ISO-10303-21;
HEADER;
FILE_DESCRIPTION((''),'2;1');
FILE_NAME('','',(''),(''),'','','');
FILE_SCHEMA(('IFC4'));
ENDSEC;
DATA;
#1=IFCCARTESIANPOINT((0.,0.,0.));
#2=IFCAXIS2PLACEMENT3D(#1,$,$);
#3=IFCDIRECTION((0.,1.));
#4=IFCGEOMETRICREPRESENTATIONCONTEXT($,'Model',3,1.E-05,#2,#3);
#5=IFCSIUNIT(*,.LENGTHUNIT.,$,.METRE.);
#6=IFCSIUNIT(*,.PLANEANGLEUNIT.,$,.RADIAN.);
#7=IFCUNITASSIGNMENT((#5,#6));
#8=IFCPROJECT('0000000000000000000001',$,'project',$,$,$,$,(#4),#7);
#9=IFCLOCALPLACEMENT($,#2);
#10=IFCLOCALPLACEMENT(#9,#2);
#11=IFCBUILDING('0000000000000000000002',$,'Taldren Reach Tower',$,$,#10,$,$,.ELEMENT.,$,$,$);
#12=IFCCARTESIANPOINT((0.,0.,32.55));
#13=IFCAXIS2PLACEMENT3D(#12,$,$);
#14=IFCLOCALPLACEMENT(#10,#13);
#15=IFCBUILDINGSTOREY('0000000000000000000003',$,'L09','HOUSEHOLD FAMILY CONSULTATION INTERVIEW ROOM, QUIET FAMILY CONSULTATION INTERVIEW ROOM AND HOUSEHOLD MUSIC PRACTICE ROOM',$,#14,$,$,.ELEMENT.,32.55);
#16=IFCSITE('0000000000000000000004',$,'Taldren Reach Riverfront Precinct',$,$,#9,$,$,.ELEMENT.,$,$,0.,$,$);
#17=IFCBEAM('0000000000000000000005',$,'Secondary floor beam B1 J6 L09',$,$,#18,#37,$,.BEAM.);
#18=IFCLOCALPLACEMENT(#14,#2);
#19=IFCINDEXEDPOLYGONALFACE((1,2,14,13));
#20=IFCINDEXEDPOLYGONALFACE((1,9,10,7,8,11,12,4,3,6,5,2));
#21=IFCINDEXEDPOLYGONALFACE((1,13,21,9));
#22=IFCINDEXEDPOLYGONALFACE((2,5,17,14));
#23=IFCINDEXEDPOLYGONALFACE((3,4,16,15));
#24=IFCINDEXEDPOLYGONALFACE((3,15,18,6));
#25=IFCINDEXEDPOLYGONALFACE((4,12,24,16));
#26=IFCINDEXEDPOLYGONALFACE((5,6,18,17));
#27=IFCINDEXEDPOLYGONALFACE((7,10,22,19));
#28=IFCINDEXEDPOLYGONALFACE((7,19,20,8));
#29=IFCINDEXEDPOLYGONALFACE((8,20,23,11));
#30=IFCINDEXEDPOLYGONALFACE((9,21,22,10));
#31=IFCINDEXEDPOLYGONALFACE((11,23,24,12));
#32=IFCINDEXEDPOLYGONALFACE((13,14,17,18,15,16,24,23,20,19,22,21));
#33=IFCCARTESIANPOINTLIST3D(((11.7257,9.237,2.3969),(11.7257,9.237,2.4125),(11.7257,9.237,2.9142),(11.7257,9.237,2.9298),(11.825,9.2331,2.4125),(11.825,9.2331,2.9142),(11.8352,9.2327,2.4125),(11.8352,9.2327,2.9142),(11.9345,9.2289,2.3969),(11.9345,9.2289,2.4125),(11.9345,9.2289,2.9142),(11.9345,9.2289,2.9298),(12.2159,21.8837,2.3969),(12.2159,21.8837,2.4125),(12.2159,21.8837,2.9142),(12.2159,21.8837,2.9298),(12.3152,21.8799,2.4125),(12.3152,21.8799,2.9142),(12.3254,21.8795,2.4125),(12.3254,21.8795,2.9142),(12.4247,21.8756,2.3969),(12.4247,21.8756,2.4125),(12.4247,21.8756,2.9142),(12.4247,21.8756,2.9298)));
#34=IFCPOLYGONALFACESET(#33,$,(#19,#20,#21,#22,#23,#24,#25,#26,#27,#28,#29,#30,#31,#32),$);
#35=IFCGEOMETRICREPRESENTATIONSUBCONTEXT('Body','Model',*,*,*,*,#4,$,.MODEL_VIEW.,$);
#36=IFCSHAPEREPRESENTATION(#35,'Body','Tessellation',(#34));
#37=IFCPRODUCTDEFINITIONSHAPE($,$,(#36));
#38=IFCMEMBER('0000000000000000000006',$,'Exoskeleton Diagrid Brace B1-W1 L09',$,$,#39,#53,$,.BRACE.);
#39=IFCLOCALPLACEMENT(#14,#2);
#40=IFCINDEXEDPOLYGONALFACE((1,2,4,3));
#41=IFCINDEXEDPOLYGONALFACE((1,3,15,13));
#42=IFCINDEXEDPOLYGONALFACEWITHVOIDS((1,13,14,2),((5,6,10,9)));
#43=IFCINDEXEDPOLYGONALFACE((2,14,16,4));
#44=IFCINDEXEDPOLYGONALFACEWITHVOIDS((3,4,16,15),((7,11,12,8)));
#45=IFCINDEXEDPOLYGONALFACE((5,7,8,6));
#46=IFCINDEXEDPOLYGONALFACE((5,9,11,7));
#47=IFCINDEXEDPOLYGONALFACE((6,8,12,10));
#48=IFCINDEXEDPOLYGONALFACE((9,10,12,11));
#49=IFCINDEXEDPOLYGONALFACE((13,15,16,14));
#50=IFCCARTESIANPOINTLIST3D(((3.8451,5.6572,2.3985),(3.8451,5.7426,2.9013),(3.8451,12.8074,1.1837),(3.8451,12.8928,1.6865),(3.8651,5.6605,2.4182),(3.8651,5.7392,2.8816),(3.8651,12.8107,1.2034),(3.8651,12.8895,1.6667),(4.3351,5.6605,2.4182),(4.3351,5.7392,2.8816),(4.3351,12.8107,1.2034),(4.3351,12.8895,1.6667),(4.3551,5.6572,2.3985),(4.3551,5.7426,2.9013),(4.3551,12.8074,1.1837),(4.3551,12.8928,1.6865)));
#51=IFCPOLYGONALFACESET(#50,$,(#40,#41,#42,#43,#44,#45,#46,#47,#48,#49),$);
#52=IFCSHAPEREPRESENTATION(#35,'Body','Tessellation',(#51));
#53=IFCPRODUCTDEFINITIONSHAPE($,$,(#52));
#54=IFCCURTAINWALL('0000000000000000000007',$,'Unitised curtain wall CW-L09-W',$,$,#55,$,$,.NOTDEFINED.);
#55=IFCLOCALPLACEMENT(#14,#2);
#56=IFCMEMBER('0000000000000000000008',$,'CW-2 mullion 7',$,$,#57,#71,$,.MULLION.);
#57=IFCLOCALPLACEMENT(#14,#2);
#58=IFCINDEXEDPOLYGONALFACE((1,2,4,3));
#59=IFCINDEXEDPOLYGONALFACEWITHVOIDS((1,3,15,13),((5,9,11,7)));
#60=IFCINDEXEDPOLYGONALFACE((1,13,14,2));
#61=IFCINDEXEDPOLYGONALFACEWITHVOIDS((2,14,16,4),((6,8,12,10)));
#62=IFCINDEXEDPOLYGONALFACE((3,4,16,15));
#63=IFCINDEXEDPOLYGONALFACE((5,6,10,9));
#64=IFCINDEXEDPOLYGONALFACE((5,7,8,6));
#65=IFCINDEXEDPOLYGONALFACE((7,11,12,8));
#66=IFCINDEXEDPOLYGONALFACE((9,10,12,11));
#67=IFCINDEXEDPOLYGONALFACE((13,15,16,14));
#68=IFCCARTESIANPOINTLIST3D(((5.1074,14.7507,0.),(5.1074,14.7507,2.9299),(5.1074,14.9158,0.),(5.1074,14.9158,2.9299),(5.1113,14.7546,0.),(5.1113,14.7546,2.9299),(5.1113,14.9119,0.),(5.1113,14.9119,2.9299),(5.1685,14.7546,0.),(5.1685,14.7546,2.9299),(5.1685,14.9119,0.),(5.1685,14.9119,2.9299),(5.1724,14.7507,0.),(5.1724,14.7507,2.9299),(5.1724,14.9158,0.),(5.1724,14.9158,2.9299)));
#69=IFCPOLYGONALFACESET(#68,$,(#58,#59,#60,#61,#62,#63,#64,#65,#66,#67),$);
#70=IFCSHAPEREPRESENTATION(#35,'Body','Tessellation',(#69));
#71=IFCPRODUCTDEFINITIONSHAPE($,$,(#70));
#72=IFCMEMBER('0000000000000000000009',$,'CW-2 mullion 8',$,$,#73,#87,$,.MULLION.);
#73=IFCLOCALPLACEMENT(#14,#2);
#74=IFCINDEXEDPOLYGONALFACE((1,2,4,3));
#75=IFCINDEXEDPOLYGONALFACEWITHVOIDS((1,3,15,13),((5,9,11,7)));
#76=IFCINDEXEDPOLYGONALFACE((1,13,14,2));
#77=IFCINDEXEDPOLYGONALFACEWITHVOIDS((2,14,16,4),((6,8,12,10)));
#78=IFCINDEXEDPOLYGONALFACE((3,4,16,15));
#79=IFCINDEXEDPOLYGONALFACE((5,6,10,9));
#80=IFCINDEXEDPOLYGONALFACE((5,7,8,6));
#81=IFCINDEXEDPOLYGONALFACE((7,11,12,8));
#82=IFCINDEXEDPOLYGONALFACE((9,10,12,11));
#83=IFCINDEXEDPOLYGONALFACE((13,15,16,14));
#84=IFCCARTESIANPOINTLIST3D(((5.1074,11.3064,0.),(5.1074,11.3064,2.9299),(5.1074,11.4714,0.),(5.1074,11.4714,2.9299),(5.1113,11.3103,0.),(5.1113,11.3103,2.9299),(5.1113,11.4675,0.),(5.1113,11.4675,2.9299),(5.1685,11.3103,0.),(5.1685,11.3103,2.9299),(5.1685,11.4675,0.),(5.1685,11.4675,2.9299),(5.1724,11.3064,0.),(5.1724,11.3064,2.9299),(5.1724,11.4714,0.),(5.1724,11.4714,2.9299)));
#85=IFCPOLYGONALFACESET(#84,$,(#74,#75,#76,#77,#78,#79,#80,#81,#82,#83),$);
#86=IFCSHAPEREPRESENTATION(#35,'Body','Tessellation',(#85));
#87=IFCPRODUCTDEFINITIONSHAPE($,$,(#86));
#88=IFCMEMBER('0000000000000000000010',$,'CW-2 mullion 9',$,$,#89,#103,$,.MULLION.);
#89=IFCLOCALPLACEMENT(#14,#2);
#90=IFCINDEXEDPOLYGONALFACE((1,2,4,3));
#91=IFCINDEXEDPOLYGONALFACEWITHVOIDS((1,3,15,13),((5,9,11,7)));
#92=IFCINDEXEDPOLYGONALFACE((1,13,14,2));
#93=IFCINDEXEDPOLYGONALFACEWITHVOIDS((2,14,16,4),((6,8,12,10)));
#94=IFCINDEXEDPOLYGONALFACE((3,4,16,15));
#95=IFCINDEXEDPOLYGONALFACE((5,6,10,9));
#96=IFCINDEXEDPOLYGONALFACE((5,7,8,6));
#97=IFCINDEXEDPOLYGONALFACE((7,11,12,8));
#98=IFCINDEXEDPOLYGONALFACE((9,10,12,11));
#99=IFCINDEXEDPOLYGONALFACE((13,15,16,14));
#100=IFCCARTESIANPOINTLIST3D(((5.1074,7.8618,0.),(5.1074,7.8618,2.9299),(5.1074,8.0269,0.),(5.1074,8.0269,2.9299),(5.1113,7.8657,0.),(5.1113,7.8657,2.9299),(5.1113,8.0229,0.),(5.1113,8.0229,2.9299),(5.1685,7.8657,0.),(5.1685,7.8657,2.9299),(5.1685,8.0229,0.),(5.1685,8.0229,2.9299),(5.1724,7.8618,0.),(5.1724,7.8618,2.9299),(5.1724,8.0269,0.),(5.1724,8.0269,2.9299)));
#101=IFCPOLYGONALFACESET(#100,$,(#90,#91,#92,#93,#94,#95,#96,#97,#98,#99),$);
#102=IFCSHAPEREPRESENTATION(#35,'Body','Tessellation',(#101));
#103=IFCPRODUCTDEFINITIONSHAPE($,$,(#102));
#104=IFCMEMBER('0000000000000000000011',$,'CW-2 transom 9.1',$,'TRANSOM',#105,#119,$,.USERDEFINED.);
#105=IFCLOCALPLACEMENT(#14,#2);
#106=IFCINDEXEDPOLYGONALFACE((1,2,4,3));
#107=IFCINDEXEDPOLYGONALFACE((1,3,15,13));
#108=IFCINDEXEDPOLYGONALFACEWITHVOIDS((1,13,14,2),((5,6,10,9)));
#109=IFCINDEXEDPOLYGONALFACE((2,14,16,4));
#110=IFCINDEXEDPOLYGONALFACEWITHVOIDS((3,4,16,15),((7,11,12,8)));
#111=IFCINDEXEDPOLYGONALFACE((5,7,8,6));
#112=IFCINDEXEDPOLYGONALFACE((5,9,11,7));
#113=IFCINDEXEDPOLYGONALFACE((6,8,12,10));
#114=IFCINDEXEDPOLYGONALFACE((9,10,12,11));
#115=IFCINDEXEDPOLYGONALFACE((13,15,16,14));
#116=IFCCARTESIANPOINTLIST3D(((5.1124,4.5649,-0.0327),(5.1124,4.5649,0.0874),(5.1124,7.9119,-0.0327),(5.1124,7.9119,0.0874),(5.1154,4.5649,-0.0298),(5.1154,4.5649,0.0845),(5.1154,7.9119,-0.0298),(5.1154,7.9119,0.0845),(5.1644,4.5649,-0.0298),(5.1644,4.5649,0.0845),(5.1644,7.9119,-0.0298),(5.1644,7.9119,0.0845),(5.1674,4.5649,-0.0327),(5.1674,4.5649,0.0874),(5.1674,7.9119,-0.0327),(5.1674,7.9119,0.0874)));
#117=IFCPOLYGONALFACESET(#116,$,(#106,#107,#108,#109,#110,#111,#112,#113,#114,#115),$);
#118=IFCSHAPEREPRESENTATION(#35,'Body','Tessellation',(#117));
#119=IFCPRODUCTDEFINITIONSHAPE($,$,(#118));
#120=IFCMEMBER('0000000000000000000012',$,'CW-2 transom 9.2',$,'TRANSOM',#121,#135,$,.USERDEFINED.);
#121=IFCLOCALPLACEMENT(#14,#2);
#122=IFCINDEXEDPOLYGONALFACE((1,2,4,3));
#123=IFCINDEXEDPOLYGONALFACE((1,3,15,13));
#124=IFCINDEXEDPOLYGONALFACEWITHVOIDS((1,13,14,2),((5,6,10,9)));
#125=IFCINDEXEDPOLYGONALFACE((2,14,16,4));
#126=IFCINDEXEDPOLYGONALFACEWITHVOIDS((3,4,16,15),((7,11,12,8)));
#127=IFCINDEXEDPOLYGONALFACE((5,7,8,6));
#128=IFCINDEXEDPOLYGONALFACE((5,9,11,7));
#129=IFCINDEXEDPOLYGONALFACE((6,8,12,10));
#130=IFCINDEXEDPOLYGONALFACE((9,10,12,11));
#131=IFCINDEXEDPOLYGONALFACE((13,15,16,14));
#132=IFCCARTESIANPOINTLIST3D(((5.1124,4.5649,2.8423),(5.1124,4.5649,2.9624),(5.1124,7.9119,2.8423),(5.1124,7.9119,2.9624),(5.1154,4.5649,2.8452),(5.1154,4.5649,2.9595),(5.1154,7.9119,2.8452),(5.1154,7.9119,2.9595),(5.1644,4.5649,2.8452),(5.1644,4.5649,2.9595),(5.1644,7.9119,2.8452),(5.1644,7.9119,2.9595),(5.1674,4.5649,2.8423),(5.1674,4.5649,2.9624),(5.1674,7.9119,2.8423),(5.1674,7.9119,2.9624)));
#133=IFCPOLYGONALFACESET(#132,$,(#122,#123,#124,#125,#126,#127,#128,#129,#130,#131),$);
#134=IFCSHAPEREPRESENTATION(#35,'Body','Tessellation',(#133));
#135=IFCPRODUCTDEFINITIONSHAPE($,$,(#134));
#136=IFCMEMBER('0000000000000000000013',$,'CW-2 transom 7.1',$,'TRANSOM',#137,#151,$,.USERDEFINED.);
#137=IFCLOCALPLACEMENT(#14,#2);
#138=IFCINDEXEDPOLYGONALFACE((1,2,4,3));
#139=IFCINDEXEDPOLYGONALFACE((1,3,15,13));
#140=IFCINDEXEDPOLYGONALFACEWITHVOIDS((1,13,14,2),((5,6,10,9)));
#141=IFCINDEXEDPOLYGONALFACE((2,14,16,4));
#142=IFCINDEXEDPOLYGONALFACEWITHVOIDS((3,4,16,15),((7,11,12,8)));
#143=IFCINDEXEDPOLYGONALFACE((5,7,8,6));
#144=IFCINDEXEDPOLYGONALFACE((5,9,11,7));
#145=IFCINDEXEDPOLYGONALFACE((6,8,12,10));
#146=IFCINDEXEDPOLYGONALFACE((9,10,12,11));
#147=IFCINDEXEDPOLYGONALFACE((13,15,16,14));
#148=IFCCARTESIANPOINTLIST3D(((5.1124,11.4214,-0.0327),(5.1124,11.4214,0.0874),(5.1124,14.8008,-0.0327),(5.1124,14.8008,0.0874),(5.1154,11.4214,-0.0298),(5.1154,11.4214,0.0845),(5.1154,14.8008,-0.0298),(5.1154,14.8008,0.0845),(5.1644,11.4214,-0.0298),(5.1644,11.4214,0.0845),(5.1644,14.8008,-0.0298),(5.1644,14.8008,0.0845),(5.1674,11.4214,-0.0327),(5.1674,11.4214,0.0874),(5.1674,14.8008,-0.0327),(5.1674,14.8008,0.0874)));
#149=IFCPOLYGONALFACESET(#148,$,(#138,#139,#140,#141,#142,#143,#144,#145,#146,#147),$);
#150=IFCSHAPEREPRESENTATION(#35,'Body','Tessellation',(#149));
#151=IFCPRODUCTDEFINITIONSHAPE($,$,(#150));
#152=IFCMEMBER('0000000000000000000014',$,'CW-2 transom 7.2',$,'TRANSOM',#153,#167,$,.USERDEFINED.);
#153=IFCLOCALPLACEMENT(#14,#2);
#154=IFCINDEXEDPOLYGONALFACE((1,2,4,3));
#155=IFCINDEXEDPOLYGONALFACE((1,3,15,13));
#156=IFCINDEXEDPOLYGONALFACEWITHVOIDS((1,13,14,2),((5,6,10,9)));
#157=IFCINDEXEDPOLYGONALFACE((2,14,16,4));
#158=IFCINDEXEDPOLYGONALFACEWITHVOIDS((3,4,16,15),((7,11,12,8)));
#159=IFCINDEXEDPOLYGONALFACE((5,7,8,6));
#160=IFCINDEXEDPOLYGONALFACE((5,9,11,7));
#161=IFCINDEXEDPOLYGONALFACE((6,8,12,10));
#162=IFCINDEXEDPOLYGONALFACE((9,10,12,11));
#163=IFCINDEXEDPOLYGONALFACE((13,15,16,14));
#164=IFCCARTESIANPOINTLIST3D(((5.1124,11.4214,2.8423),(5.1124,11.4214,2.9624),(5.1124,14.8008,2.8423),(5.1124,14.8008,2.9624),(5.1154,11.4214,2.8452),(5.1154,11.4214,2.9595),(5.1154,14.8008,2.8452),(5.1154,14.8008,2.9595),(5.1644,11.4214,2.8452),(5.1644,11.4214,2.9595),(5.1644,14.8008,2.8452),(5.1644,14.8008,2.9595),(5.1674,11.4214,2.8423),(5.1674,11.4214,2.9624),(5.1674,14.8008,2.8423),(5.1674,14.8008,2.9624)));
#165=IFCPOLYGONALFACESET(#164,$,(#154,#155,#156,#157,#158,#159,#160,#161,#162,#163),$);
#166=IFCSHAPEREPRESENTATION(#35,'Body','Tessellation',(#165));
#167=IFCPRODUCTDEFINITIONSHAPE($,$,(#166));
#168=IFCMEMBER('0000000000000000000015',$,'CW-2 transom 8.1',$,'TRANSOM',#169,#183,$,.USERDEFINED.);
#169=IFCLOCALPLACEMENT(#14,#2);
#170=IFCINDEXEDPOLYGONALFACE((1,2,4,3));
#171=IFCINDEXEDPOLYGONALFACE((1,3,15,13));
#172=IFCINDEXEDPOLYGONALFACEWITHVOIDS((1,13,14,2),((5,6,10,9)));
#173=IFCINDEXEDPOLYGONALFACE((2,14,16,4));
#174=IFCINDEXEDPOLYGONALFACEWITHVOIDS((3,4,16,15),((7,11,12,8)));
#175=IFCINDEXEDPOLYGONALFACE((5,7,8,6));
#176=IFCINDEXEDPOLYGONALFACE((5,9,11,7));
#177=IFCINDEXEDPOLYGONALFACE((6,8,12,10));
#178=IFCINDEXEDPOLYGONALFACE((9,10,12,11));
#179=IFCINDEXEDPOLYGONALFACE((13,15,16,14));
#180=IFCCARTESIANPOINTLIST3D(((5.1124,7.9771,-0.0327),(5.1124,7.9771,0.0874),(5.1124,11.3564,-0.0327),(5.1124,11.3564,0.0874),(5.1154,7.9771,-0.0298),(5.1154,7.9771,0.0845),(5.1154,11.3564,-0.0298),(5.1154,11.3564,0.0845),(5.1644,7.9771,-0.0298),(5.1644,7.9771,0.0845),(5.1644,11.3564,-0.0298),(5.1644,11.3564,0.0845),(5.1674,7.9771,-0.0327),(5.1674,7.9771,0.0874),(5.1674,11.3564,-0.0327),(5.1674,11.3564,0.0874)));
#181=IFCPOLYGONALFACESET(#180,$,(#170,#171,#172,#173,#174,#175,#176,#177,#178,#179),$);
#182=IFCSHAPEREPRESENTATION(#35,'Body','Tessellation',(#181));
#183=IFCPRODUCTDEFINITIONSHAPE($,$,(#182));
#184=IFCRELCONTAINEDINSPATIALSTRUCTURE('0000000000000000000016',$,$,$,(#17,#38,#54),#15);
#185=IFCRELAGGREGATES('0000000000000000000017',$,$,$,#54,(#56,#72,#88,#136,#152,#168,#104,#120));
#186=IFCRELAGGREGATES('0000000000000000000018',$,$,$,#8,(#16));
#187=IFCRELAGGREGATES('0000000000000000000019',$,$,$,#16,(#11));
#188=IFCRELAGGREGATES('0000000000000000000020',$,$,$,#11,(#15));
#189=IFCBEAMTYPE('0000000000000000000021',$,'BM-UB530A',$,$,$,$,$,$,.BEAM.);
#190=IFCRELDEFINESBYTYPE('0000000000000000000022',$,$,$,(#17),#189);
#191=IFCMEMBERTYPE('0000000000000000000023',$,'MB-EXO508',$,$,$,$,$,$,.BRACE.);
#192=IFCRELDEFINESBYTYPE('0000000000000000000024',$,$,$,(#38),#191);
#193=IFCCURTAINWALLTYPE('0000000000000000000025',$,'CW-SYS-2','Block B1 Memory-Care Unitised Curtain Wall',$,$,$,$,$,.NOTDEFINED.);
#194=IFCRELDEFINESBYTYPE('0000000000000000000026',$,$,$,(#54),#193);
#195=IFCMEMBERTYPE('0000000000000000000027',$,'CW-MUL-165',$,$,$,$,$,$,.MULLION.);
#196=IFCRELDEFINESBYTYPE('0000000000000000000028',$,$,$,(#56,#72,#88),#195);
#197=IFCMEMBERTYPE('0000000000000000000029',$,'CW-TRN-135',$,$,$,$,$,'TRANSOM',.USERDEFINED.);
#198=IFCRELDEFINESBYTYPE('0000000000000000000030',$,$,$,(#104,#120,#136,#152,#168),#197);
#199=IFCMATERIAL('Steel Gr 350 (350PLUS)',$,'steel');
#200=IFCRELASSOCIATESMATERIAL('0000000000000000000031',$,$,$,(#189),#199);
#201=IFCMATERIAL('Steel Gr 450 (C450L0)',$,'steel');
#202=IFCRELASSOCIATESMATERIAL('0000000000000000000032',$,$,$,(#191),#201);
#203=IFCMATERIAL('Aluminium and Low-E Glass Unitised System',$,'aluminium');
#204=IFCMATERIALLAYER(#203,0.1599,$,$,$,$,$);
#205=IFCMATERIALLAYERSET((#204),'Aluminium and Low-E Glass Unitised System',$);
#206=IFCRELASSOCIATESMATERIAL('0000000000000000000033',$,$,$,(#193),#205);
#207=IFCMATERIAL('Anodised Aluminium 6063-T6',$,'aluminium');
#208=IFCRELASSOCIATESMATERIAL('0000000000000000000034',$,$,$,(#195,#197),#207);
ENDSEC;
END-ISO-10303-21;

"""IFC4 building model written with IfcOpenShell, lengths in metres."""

from ifc_helpers import new_model, si_unit, direction, frame, origin, origin_2d, place, context, subcontext, project, spatial, hollow_rectangle, i_section, extrude, source, transform, mapped, material, layer, layer_set, material_profile, profile_set, type_object, element, aggregate, save


model = new_model("IFC4")

# Units and contexts
model_context = context("Model", 3, precision=1e-05, world=origin(), true_north=direction((0.0, 1.0)))
body_context = subcontext(model_context, "Body", "Model", "MODEL_VIEW")
ifc_project = project(units=[si_unit("LENGTHUNIT", "METRE"), si_unit("PLANEANGLEUNIT", "RADIAN")], contexts=[model_context])

# Site, building, storey
site_placement = place(None, origin())
site = spatial("IfcSite", under=ifc_project, at=site_placement, Name="Taldren Reach Riverfront Precinct", CompositionType="ELEMENT", RefElevation=0.0)
building_placement = place(site_placement, origin())
building = spatial("IfcBuilding", under=site, at=building_placement, Name="Taldren Reach Tower", CompositionType="ELEMENT")
storey_placement = place(building_placement, frame((0.0, 0.0, 32.55)))
storey = spatial("IfcBuildingStorey", under=building, at=storey_placement, Name="L09", Description="HOUSEHOLD FAMILY CONSULTATION INTERVIEW ROOM, QUIET FAMILY CONSULTATION INTERVIEW ROOM AND HOUSEHOLD MUSIC PRACTICE ROOM", CompositionType="ELEMENT", Elevation=32.55)

# Beam
ifc_material_1 = material(Name="Steel Gr 350 (350PLUS)", Category="steel")
ifc_material_profile_1 = material_profile(ifc_material_1, i_section(OverallWidth=0.209, OverallDepth=0.533, WebThickness=0.0103, FlangeThickness=0.0156, at=origin_2d()), Name="530UB92.4")
ifc_profile_set_1 = profile_set([ifc_material_profile_1], Name="Steel Gr 350 (350PLUS)")
beam_type = type_object("IfcBeamType", Name="BM-UB530A", PredefinedType="BEAM", material=ifc_profile_set_1)
shared_shape_1 = source(origin(), body_context, "Body", "SweptSolid", [
    extrude(i_section(OverallWidth=0.209, OverallDepth=0.533, WebThickness=0.0103, FlangeThickness=0.0156, at=origin_2d()), origin(), (0.0, 0.0, 1.0), 12.6562),
])
beam_placement = place(storey_placement, frame((11.8301, 9.2329, 2.6633), z_axis=(0.038735, 0.99925, 0.0), x_axis=(-0.99925, 0.038735, 0.0)))
element("IfcBeam", 1, at=beam_placement, inside=storey, type_object=beam_type, Name="Secondary floor beam B1 J6 L09", PredefinedType="BEAM", context=body_context, shape_type="MappedRepresentation", body=[
    mapped(shared_shape_1, transform((0.0, 0.0, 0.0), scale=1.0)),
])

# Member
ifc_material_2 = material(Name="Steel Gr 450 (C450L0)", Category="steel")
ifc_material_profile_2 = material_profile(ifc_material_2, hollow_rectangle(XDim=0.51, YDim=0.51, WallThickness=0.02, at=origin_2d()), Name="510x510x20.0SHS")
ifc_profile_set_2 = profile_set([ifc_material_profile_2], Name="Steel Gr 450 (C450L0)")
member_type_1 = type_object("IfcMemberType", Name="MB-EXO508", PredefinedType="BRACE", material=ifc_profile_set_2)
shared_shape_2 = source(origin(), body_context, "Body", "SweptSolid", [
    extrude(hollow_rectangle(XDim=0.51, YDim=0.51, WallThickness=0.02, at=origin_2d()), origin(), (0.0, 0.0, 1.0), 7.2527),
])
member_1_placement = place(storey_placement, frame((4.1001, 12.8501, 1.4351), z_axis=(0.0, -0.985871, 0.167504), x_axis=(1.0, 0.0, 0.0)))
element("IfcMember", 2, at=member_1_placement, inside=storey, type_object=member_type_1, Name="Exoskeleton Diagrid Brace B1-W1 L09", PredefinedType="BRACE", context=body_context, shape_type="MappedRepresentation", body=[
    mapped(shared_shape_2, transform((0.0, 0.0, 0.0), scale=1.0)),
])

# Curtain wall, members
ifc_material_3 = material(Name="Aluminium and Low-E Glass Unitised System", Category="aluminium")
ifc_layer_1 = layer(ifc_material_3, 0.1599)
ifc_layer_set_1 = layer_set([ifc_layer_1], Name="Aluminium and Low-E Glass Unitised System")
curtain_wall_type = type_object("IfcCurtainWallType", Name="CW-SYS-2", Description="Block B1 Memory-Care Unitised Curtain Wall", PredefinedType="NOTDEFINED", material=ifc_layer_set_1)
curtain_wall_placement = place(storey_placement, origin())
curtain_wall = element("IfcCurtainWall", 3, at=curtain_wall_placement, inside=storey, type_object=curtain_wall_type, Name="Unitised curtain wall CW-L09-W", PredefinedType="NOTDEFINED")
ifc_material_4 = material(Name="Anodised Aluminium 6063-T6", Category="aluminium")
ifc_material_profile_3 = material_profile(ifc_material_4, hollow_rectangle(XDim=0.0649, YDim=0.165, WallThickness=0.0039, at=origin_2d()), Name="ALU-165x65x4RHS")
ifc_profile_set_3 = profile_set([ifc_material_profile_3], Name="Anodised Aluminium 6063-T6")
member_type_2 = type_object("IfcMemberType", Name="CW-MUL-165", PredefinedType="MULLION", material=ifc_profile_set_3)
shared_shape_3 = source(origin(), body_context, "Body", "SweptSolid", [
    extrude(hollow_rectangle(XDim=0.0649, YDim=0.165, WallThickness=0.0039, at=origin_2d()), origin(), (0.0, 0.0, 1.0), 2.9299),
])
member_2_placement = place(storey_placement, frame((5.1399, 14.8333, 0.0), z_axis=(0.0, 0.0, 1.0), x_axis=(1.0, 0.0, 0.0)))
member_2 = element("IfcMember", 4, at=member_2_placement, type_object=member_type_2, Name="CW-2 mullion 7", PredefinedType="MULLION", context=body_context, shape_type="MappedRepresentation", body=[
    mapped(shared_shape_3, transform((0.0, 0.0, 0.0), scale=1.0)),
])
member_3_placement = place(storey_placement, frame((5.1399, 11.3889, 0.0), z_axis=(0.0, 0.0, 1.0), x_axis=(1.0, 0.0, 0.0)))
member_3 = element("IfcMember", 5, at=member_3_placement, type_object=member_type_2, Name="CW-2 mullion 8", PredefinedType="MULLION", context=body_context, shape_type="MappedRepresentation", body=[
    mapped(shared_shape_3, transform((0.0, 0.0, 0.0), scale=1.0)),
])
member_4_placement = place(storey_placement, frame((5.1399, 7.9443, 0.0), z_axis=(0.0, 0.0, 1.0), x_axis=(1.0, 0.0, 0.0)))
member_4 = element("IfcMember", 6, at=member_4_placement, type_object=member_type_2, Name="CW-2 mullion 9", PredefinedType="MULLION", context=body_context, shape_type="MappedRepresentation", body=[
    mapped(shared_shape_3, transform((0.0, 0.0, 0.0), scale=1.0)),
])
ifc_material_profile_4 = material_profile(ifc_material_4, hollow_rectangle(XDim=0.0549, YDim=0.1201, WallThickness=0.0029, at=origin_2d()), Name="ALU-120x55x3RHS")
ifc_profile_set_4 = profile_set([ifc_material_profile_4], Name="Anodised Aluminium 6063-T6")
member_type_3 = type_object("IfcMemberType", Name="CW-TRN-135", ElementType="TRANSOM", PredefinedType="USERDEFINED", material=ifc_profile_set_4)
shared_shape_4 = source(origin(), body_context, "Body", "SweptSolid", [
    extrude(hollow_rectangle(XDim=0.0549, YDim=0.1201, WallThickness=0.0029, at=origin_2d()), origin(), (0.0, 0.0, 1.0), 3.3469),
])
member_5_placement = place(storey_placement, frame((5.1399, 7.9119, 0.0273), z_axis=(0.0, -1.0, 0.0), x_axis=(1.0, 0.0, 0.0)))
member_5 = element("IfcMember", 7, at=member_5_placement, type_object=member_type_3, Name="CW-2 transom 9.1", ObjectType="TRANSOM", PredefinedType="USERDEFINED", context=body_context, shape_type="MappedRepresentation", body=[
    mapped(shared_shape_4, transform((0.0, 0.0, 0.0), scale=1.0)),
])
member_6_placement = place(storey_placement, frame((5.1399, 7.9119, 2.9023), z_axis=(0.0, -1.0, 0.0), x_axis=(1.0, 0.0, 0.0)))
member_6 = element("IfcMember", 8, at=member_6_placement, type_object=member_type_3, Name="CW-2 transom 9.2", ObjectType="TRANSOM", PredefinedType="USERDEFINED", context=body_context, shape_type="MappedRepresentation", body=[
    mapped(shared_shape_4, transform((0.0, 0.0, 0.0), scale=1.0)),
])
shared_shape_5 = source(origin(), body_context, "Body", "SweptSolid", [
    extrude(hollow_rectangle(XDim=0.0549, YDim=0.1201, WallThickness=0.0029, at=origin_2d()), origin(), (0.0, 0.0, 1.0), 3.3794),
])
member_7_placement = place(storey_placement, frame((5.1399, 14.8008, 0.0273), z_axis=(0.0, -1.0, 0.0), x_axis=(1.0, 0.0, 0.0)))
member_7 = element("IfcMember", 9, at=member_7_placement, type_object=member_type_3, Name="CW-2 transom 7.1", ObjectType="TRANSOM", PredefinedType="USERDEFINED", context=body_context, shape_type="MappedRepresentation", body=[
    mapped(shared_shape_5, transform((0.0, 0.0, 0.0), scale=1.0)),
])
member_8_placement = place(storey_placement, frame((5.1399, 14.8008, 2.9023), z_axis=(0.0, -1.0, 0.0), x_axis=(1.0, 0.0, 0.0)))
member_8 = element("IfcMember", 10, at=member_8_placement, type_object=member_type_3, Name="CW-2 transom 7.2", ObjectType="TRANSOM", PredefinedType="USERDEFINED", context=body_context, shape_type="MappedRepresentation", body=[
    mapped(shared_shape_5, transform((0.0, 0.0, 0.0), scale=1.0)),
])
member_9_placement = place(storey_placement, frame((5.1399, 11.3564, 0.0273), z_axis=(0.0, -1.0, 0.0), x_axis=(1.0, 0.0, 0.0)))
member_9 = element("IfcMember", 11, at=member_9_placement, type_object=member_type_3, Name="CW-2 transom 8.1", ObjectType="TRANSOM", PredefinedType="USERDEFINED", context=body_context, shape_type="MappedRepresentation", body=[
    mapped(shared_shape_5, transform((0.0, 0.0, 0.0), scale=1.0)),
])
aggregate(curtain_wall, [member_2, member_3, member_4, member_7, member_8, member_9, member_5, member_6])

save(model, "model.ifc")
